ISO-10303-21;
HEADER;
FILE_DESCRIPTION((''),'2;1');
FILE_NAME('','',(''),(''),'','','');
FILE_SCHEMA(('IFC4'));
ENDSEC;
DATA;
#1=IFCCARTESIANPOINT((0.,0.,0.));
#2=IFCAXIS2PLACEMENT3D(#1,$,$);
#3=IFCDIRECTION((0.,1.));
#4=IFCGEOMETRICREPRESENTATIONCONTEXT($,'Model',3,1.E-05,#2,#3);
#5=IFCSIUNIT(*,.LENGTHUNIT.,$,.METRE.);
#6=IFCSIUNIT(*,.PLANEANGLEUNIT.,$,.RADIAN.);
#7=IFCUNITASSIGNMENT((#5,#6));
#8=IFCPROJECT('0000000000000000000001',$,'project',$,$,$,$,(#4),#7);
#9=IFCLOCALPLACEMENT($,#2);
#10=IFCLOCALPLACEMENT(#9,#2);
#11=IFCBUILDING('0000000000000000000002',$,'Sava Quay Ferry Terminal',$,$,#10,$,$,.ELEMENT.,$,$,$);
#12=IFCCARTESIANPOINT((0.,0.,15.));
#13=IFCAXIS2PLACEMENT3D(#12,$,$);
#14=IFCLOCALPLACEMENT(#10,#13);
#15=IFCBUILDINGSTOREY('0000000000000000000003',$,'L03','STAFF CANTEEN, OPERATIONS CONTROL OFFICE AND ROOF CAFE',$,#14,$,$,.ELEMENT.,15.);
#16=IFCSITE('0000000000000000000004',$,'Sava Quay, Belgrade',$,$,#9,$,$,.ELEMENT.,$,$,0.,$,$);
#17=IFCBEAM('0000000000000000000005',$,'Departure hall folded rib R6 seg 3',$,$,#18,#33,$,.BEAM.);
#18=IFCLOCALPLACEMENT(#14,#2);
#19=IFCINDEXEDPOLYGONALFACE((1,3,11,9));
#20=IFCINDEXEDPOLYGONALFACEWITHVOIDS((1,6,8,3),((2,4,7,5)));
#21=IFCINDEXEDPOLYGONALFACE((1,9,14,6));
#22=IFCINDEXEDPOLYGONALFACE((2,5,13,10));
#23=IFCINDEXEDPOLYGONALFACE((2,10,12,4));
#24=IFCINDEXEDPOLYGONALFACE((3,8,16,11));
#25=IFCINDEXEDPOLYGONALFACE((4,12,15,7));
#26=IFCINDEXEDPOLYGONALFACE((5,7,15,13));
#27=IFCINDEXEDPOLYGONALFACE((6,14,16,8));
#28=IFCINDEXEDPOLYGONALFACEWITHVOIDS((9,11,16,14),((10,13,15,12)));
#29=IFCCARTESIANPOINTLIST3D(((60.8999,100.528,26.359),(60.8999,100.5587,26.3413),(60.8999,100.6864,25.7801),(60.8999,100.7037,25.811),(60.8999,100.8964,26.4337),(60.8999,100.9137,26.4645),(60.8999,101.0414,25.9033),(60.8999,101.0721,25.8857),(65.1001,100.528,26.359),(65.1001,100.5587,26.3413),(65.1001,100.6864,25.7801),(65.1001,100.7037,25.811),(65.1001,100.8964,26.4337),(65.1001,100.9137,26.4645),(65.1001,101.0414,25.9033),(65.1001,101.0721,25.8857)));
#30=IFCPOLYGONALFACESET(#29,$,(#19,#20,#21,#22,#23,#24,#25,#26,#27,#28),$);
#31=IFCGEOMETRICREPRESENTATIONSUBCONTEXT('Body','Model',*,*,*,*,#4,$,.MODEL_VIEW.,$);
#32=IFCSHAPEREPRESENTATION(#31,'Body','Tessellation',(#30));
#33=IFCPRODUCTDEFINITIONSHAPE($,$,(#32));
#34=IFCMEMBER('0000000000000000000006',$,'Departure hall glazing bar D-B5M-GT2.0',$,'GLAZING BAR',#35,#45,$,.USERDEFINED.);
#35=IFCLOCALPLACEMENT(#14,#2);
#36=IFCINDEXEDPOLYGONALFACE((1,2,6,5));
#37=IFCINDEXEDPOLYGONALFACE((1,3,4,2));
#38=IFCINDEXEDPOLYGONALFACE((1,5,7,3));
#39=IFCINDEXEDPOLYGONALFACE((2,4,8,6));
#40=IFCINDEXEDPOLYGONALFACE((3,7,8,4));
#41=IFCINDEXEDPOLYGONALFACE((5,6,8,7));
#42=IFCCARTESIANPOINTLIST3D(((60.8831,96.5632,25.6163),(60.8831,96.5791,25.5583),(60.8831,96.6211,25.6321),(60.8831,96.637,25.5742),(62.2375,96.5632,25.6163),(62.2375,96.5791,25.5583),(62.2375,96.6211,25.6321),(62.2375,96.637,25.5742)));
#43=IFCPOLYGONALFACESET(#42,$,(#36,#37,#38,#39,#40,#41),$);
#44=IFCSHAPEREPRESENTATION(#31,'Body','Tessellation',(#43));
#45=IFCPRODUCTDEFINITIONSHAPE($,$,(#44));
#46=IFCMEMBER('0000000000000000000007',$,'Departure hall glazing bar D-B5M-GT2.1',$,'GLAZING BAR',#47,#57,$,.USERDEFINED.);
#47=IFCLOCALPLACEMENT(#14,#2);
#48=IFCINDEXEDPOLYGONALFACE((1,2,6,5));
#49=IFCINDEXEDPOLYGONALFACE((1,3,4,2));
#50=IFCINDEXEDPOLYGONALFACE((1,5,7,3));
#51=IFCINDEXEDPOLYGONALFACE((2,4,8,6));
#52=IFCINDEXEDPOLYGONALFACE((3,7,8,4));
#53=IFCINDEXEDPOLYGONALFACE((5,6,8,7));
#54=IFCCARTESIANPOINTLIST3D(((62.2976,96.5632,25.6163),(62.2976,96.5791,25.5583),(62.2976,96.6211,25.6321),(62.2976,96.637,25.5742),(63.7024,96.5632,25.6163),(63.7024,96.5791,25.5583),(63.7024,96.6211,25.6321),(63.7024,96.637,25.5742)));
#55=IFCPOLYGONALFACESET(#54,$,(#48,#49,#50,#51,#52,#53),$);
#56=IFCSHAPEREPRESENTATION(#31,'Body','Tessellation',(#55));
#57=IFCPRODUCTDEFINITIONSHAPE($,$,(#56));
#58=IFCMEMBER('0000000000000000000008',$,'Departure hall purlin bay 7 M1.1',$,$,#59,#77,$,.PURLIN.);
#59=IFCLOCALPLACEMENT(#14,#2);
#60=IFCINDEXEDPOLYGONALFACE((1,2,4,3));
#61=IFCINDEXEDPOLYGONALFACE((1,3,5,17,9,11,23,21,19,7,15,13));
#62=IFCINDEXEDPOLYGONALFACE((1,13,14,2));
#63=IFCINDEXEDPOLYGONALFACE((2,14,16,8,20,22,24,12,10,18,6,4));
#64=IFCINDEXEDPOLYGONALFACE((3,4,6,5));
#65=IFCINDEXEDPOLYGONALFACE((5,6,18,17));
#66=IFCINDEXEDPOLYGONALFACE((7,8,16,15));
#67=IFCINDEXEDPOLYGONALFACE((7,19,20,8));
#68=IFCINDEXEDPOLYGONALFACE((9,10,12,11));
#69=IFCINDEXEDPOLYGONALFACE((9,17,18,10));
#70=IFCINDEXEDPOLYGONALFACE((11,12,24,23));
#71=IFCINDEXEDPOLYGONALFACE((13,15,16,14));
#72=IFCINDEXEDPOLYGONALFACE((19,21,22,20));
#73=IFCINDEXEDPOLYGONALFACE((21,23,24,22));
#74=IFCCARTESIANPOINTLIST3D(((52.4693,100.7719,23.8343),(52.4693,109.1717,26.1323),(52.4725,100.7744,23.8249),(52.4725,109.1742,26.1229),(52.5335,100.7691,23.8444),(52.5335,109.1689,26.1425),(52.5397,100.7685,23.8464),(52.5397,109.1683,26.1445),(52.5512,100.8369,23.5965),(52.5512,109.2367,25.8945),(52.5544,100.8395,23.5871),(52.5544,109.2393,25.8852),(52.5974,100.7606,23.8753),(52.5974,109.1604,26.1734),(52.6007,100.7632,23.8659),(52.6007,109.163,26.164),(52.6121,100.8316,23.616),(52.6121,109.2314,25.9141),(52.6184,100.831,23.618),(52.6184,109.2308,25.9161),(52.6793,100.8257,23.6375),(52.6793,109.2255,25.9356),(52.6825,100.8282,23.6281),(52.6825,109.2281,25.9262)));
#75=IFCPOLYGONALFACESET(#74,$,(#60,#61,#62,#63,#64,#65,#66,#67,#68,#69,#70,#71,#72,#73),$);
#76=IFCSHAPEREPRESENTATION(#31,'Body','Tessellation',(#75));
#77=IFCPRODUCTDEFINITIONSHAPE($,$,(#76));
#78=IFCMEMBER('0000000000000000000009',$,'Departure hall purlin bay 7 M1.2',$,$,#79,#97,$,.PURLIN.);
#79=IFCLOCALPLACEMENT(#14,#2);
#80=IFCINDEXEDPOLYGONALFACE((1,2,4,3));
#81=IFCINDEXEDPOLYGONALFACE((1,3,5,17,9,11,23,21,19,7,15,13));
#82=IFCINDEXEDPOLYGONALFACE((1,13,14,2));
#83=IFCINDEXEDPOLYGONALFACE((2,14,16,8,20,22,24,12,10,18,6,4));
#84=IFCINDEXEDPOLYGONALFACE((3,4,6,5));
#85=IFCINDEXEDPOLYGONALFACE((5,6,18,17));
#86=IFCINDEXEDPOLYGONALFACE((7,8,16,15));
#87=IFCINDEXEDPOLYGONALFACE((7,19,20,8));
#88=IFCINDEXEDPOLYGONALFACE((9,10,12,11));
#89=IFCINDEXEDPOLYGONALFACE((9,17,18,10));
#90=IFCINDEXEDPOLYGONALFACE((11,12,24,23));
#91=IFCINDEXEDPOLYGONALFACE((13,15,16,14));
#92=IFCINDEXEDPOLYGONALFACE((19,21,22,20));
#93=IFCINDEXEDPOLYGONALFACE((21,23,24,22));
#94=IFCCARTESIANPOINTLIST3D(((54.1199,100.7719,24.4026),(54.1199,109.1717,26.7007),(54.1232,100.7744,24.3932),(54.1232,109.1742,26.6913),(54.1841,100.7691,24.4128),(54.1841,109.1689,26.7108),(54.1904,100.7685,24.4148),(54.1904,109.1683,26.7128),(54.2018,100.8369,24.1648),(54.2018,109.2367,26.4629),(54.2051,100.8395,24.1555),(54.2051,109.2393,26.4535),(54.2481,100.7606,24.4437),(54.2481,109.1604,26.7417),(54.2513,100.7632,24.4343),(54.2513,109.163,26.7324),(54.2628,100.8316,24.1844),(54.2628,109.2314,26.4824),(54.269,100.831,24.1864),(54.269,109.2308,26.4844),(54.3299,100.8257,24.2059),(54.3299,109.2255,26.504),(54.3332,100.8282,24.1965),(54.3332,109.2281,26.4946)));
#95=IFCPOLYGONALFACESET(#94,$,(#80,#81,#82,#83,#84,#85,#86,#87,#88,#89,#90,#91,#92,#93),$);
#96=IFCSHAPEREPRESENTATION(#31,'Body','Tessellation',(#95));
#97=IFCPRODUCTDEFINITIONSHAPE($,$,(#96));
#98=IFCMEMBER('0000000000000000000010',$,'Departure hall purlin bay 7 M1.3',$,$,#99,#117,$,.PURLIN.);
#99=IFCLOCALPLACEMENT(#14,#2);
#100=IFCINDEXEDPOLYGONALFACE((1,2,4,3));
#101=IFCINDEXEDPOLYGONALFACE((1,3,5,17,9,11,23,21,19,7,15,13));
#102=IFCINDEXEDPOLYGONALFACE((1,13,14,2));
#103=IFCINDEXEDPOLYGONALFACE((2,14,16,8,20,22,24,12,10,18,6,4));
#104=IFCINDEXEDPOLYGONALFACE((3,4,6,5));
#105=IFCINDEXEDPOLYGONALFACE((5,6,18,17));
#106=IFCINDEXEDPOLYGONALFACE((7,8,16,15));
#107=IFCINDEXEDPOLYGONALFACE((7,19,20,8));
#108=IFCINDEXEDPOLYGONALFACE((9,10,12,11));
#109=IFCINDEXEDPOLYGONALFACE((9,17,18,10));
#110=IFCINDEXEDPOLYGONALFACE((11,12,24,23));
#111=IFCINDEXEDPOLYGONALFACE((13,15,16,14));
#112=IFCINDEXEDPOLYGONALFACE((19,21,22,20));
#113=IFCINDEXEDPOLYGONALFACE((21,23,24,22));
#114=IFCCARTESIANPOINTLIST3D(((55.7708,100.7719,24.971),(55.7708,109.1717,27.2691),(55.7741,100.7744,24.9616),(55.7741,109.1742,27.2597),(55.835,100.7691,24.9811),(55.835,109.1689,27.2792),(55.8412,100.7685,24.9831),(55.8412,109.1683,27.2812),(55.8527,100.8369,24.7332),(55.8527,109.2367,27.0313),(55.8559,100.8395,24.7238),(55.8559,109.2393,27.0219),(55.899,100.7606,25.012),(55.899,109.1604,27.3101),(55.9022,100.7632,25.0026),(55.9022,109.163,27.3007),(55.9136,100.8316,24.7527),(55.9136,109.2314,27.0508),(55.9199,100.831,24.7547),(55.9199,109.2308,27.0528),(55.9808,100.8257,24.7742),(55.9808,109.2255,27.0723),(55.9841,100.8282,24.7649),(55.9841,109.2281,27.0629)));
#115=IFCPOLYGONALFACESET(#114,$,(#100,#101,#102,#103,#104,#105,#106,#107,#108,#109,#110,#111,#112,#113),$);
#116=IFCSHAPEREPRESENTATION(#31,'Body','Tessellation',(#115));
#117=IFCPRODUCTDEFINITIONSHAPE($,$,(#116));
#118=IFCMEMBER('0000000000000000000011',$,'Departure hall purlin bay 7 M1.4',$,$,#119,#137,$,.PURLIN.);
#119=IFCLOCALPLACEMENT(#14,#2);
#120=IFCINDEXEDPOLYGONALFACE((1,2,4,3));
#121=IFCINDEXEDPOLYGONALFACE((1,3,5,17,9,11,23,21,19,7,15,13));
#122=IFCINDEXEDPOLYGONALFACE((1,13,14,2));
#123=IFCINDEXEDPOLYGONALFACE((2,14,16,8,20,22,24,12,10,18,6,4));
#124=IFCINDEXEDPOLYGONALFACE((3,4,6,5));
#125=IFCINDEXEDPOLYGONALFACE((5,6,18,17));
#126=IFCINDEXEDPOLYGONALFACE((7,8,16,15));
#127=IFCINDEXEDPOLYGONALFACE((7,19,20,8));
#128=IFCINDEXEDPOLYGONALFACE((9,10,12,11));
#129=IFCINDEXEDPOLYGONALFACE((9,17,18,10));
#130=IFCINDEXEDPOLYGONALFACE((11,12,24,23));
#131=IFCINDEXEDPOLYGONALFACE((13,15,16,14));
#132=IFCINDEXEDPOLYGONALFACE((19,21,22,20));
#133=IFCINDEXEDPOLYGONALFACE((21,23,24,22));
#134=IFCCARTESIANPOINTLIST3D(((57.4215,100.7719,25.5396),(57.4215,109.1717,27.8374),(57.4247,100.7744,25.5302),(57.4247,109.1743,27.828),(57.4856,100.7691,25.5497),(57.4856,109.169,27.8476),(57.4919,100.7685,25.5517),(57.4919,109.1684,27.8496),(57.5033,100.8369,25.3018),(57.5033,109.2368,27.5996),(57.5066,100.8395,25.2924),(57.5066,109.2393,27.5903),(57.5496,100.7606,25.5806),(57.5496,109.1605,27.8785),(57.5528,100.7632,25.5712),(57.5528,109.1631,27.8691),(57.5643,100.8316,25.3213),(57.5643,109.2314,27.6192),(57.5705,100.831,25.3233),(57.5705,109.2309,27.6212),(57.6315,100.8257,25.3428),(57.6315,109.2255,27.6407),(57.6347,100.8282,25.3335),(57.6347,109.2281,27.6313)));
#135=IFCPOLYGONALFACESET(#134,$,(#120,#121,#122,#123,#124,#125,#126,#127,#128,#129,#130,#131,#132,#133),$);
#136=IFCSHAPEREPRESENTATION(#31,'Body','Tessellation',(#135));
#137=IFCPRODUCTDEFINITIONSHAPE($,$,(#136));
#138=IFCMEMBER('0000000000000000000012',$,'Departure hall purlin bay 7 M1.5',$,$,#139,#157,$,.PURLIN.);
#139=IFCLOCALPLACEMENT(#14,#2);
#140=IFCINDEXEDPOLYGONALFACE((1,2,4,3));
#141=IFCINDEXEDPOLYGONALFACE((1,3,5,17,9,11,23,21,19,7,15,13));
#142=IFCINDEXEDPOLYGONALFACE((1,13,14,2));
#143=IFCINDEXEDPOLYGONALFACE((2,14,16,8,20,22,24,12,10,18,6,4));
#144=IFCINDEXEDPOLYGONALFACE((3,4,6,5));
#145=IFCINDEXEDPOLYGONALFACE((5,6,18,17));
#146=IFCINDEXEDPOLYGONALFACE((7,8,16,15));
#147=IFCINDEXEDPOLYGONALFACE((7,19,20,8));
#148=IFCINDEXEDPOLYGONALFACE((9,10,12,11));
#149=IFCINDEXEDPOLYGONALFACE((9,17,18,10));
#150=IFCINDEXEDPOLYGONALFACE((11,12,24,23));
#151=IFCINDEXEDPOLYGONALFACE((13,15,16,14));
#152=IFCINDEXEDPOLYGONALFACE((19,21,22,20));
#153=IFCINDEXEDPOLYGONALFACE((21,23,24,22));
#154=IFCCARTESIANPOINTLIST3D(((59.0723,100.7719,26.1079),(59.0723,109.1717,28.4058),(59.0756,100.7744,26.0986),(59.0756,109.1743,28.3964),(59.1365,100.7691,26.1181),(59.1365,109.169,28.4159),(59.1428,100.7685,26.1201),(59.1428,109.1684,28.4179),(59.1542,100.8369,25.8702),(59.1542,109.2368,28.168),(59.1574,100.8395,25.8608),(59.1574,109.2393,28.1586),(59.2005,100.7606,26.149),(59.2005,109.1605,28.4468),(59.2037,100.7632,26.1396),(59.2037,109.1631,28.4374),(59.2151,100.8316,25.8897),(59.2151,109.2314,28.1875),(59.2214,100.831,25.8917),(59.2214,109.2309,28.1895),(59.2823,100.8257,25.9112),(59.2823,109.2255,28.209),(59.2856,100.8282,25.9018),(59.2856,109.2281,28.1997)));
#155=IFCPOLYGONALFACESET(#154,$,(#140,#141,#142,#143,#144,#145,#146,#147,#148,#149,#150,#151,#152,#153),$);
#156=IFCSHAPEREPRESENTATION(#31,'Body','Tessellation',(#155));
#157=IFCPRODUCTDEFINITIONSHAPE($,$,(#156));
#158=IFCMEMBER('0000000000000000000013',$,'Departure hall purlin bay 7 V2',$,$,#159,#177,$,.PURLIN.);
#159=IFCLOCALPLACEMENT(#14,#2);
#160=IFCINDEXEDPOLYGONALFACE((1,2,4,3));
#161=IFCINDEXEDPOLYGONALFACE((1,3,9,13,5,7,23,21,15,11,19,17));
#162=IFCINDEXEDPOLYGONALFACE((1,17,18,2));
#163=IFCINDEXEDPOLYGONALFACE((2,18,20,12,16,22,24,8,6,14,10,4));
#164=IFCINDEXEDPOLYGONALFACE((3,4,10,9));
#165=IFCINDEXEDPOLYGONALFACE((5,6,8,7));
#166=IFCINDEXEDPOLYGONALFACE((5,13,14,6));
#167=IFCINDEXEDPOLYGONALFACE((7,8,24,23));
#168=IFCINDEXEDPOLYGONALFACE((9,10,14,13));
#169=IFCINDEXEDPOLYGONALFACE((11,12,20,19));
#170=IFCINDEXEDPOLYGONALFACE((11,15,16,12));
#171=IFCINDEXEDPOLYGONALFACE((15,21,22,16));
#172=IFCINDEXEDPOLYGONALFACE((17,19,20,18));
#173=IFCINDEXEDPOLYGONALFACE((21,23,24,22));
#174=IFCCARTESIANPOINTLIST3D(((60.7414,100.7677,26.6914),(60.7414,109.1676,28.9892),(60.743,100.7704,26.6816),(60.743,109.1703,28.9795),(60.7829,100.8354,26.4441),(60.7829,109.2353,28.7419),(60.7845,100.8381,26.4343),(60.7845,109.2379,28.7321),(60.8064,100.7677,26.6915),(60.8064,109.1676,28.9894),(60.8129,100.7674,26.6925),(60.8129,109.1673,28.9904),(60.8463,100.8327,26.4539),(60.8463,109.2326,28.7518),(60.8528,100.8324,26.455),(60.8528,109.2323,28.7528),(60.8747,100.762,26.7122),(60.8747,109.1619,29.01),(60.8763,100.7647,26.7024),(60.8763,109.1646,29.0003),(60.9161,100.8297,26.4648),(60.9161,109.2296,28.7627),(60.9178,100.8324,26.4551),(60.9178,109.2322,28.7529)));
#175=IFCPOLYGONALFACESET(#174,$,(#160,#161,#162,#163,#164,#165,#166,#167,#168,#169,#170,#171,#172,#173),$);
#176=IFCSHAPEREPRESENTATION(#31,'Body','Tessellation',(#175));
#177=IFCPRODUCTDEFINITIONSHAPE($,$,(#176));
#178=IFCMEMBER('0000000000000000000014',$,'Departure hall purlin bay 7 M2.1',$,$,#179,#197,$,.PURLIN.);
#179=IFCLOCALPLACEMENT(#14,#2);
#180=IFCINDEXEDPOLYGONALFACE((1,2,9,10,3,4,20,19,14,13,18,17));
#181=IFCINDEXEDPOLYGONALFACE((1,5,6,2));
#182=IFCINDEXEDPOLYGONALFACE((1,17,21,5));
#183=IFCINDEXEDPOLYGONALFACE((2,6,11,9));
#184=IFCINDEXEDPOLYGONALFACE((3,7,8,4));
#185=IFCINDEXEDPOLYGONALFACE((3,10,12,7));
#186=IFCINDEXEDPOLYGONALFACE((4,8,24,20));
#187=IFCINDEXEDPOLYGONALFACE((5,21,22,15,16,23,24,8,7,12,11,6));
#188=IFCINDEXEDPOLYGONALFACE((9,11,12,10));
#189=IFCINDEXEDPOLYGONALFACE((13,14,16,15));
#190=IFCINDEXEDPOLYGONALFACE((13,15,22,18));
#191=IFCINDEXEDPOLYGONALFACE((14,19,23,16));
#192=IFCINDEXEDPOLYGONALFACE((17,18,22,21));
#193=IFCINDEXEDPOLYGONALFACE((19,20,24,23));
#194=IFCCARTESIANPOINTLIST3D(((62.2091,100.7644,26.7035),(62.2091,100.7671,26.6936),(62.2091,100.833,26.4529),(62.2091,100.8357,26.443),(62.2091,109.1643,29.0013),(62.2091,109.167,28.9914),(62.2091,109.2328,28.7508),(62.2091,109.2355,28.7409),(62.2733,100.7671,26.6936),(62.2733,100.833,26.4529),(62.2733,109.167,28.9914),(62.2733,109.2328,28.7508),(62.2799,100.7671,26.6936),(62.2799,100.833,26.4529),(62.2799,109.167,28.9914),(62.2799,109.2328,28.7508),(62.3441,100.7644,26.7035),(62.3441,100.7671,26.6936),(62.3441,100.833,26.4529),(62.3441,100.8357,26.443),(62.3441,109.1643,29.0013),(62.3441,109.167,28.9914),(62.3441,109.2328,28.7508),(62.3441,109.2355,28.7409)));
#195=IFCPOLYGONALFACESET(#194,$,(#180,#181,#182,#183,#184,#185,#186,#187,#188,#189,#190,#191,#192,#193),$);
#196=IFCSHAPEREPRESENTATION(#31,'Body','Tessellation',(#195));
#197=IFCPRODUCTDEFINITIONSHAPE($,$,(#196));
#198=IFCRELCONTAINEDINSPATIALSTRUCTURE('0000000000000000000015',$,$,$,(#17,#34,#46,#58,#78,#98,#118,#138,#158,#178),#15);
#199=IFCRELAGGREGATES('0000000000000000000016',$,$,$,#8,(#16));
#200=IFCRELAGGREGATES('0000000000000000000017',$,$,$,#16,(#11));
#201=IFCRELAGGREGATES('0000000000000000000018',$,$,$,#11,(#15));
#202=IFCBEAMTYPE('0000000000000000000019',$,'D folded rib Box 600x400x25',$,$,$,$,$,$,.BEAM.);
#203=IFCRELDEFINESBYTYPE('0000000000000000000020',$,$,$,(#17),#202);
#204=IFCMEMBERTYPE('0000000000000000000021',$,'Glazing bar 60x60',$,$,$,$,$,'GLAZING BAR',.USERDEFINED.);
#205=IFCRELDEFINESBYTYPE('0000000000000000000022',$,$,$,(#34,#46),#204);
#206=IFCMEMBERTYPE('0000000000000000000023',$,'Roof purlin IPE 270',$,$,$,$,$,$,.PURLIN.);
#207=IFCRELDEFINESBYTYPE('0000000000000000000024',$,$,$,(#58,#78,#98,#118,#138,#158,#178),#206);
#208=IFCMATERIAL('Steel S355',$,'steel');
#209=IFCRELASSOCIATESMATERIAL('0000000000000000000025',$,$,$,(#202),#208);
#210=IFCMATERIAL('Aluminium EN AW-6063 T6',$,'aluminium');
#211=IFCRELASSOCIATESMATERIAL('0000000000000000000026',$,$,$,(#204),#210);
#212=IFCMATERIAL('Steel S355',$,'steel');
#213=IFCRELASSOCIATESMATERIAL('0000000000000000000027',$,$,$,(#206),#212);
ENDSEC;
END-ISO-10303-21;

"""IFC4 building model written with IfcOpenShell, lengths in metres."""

from ifc_helpers import new_model, si_unit, direction, frame, origin, origin_2d, place, context, subcontext, project, spatial, polyline, rectangle, i_section, outline, extrude, material, material_profile, profile_set, type_object, element, save


model = new_model("IFC4")

# Units and contexts
model_context = context("Model", 3, precision=1e-05, world=origin(), true_north=direction((0.0, 1.0)))
body_context = subcontext(model_context, "Body", "Model", "MODEL_VIEW")
ifc_project = project(units=[si_unit("LENGTHUNIT", "METRE"), si_unit("PLANEANGLEUNIT", "RADIAN")], contexts=[model_context])

# Site, building, storey
site_placement = place(None, origin())
site = spatial("IfcSite", under=ifc_project, at=site_placement, Name="Sava Quay, Belgrade", CompositionType="ELEMENT", RefElevation=0.0)
building_placement = place(site_placement, origin())
building = spatial("IfcBuilding", under=site, at=building_placement, Name="Sava Quay Ferry Terminal", CompositionType="ELEMENT")
storey_placement = place(building_placement, frame((0.0, 0.0, 15.0)))
storey = spatial("IfcBuildingStorey", under=building, at=storey_placement, Name="L03", Description="STAFF CANTEEN, OPERATIONS CONTROL OFFICE AND ROOF CAFE", CompositionType="ELEMENT", Elevation=15.0)

# Beam
ifc_material_1 = material(Name="Steel S355", Category="steel")
ifc_material_profile_1 = material_profile(ifc_material_1, outline(polyline([(-0.2, -0.3), (0.2, -0.3), (0.2, 0.3), (-0.2, 0.3), (-0.2, -0.3)]), holes=[polyline([(-0.175, -0.2749), (-0.175, 0.2749), (0.175, 0.2749), (0.175, -0.2749), (-0.175, -0.2749)])]), Name="Box 600x400x25 built-up")
ifc_profile_set_1 = profile_set([ifc_material_profile_1], Name="Steel S355")
beam_type = type_object("IfcBeamType", Name="D folded rib Box 600x400x25", PredefinedType="BEAM", material=ifc_profile_set_1)
beam_placement = place(storey_placement, frame((60.8999, 100.8, 26.1223), z_axis=(1.0, 0.0, 0.0), x_axis=(0.0, 0.964557, 0.263875)))
element("IfcBeam", 1, at=beam_placement, inside=storey, type_object=beam_type, Name="Departure hall folded rib R6 seg 3", PredefinedType="BEAM", context=body_context, shape_type="SweptSolid", body=[
    extrude(outline(polyline([(-0.2, -0.3), (0.2, -0.3), (0.2, 0.3), (-0.2, 0.3), (-0.2, -0.3)]), holes=[polyline([(-0.175, -0.2749), (-0.175, 0.2749), (0.175, 0.2749), (0.175, -0.2749), (-0.175, -0.2749)])]), origin(), (0.0, 0.0, 1.0), 4.2002),
])

# Members
ifc_material_2 = material(Name="Aluminium EN AW-6063 T6", Category="aluminium")
ifc_material_profile_2 = material_profile(ifc_material_2, rectangle(XDim=0.0601, YDim=0.0601, at=origin_2d()), Name="Bar 60 x 60")
ifc_profile_set_2 = profile_set([ifc_material_profile_2], Name="Aluminium EN AW-6063 T6")
member_type_1 = type_object("IfcMemberType", Name="Glazing bar 60x60", ElementType="GLAZING BAR", PredefinedType="USERDEFINED", material=ifc_profile_set_2)
member_1_placement = place(storey_placement, frame((60.8831, 96.6001, 25.5952), z_axis=(1.0, 0.0, 0.0), x_axis=(0.0, 0.964557, 0.263875)))
element("IfcMember", 2, at=member_1_placement, inside=storey, type_object=member_type_1, Name="Departure hall glazing bar D-B5M-GT2.0", ObjectType="GLAZING BAR", PredefinedType="USERDEFINED", context=body_context, shape_type="SweptSolid", body=[
    extrude(rectangle(XDim=0.0601, YDim=0.0601, at=origin_2d()), origin(), (0.0, 0.0, 1.0), 1.3545),
])
member_2_placement = place(storey_placement, frame((62.2976, 96.6001, 25.5952), z_axis=(1.0, 0.0, 0.0), x_axis=(0.0, 0.964557, 0.263875)))
element("IfcMember", 3, at=member_2_placement, inside=storey, type_object=member_type_1, Name="Departure hall glazing bar D-B5M-GT2.1", ObjectType="GLAZING BAR", PredefinedType="USERDEFINED", context=body_context, shape_type="SweptSolid", body=[
    extrude(rectangle(XDim=0.0601, YDim=0.0601, at=origin_2d()), origin(), (0.0, 0.0, 1.0), 1.4048),
])
ifc_material_3 = material(Name="Steel S355", Category="steel")
ifc_material_profile_3 = material_profile(ifc_material_3, i_section(OverallWidth=0.135, OverallDepth=0.27, WebThickness=0.0066, FlangeThickness=0.0103, at=origin_2d()), Name="IPE 270")
ifc_profile_set_3 = profile_set([ifc_material_profile_3], Name="Steel S355")
member_type_2 = type_object("IfcMemberType", Name="Roof purlin IPE 270", PredefinedType="PURLIN", material=ifc_profile_set_3)
for number, where, z_axis, x_axis, name in (
    (4, (52.5759, 100.8, 23.7312), (0.0, 0.964553, 0.263888), (-0.949027, 0.083176, -0.304022), "Departure hall purlin bay 7 M1.1"),
    (5, (54.2266, 100.8, 24.2996), (0.0, 0.964553, 0.263888), (-0.949027, 0.083176, -0.304022), "Departure hall purlin bay 7 M1.2"),
    (6, (55.8774, 100.8, 24.8679), (0.0, 0.964553, 0.263888), (-0.949027, 0.083176, -0.304022), "Departure hall purlin bay 7 M1.3"),
    (7, (57.5281, 100.8, 25.4365), (0.0, 0.96456, 0.263862), (-0.949027, 0.083168, -0.304024), "Departure hall purlin bay 7 M1.4"),
    (8, (59.179, 100.8, 26.0049), (0.0, 0.96456, 0.263862), (-0.949027, 0.083168, -0.304024), "Departure hall purlin bay 7 M1.5"),
    (9, (60.8296, 100.8, 26.5732), (0.0, 0.96456, 0.263862), (-0.987175, 0.042124, -0.153987), "Departure hall purlin bay 7 V2"),
    (10, (62.2766, 100.8, 26.5732), (0.0, 0.96456, 0.263862), (-1.0, 0.0, 0.0), "Departure hall purlin bay 7 M2.1"),
):
    element("IfcMember", number, at=place(storey_placement, frame(where, z_axis=z_axis, x_axis=x_axis)), inside=storey, type_object=member_type_2, Name=name, PredefinedType="PURLIN", context=body_context, shape_type="SweptSolid", body=[
        extrude(i_section(OverallWidth=0.135, OverallDepth=0.27, WebThickness=0.0066, FlangeThickness=0.0103, at=origin_2d()), origin(), (0.0, 0.0, 1.0), 8.7085),
    ])

save(model, "model.ifc")
